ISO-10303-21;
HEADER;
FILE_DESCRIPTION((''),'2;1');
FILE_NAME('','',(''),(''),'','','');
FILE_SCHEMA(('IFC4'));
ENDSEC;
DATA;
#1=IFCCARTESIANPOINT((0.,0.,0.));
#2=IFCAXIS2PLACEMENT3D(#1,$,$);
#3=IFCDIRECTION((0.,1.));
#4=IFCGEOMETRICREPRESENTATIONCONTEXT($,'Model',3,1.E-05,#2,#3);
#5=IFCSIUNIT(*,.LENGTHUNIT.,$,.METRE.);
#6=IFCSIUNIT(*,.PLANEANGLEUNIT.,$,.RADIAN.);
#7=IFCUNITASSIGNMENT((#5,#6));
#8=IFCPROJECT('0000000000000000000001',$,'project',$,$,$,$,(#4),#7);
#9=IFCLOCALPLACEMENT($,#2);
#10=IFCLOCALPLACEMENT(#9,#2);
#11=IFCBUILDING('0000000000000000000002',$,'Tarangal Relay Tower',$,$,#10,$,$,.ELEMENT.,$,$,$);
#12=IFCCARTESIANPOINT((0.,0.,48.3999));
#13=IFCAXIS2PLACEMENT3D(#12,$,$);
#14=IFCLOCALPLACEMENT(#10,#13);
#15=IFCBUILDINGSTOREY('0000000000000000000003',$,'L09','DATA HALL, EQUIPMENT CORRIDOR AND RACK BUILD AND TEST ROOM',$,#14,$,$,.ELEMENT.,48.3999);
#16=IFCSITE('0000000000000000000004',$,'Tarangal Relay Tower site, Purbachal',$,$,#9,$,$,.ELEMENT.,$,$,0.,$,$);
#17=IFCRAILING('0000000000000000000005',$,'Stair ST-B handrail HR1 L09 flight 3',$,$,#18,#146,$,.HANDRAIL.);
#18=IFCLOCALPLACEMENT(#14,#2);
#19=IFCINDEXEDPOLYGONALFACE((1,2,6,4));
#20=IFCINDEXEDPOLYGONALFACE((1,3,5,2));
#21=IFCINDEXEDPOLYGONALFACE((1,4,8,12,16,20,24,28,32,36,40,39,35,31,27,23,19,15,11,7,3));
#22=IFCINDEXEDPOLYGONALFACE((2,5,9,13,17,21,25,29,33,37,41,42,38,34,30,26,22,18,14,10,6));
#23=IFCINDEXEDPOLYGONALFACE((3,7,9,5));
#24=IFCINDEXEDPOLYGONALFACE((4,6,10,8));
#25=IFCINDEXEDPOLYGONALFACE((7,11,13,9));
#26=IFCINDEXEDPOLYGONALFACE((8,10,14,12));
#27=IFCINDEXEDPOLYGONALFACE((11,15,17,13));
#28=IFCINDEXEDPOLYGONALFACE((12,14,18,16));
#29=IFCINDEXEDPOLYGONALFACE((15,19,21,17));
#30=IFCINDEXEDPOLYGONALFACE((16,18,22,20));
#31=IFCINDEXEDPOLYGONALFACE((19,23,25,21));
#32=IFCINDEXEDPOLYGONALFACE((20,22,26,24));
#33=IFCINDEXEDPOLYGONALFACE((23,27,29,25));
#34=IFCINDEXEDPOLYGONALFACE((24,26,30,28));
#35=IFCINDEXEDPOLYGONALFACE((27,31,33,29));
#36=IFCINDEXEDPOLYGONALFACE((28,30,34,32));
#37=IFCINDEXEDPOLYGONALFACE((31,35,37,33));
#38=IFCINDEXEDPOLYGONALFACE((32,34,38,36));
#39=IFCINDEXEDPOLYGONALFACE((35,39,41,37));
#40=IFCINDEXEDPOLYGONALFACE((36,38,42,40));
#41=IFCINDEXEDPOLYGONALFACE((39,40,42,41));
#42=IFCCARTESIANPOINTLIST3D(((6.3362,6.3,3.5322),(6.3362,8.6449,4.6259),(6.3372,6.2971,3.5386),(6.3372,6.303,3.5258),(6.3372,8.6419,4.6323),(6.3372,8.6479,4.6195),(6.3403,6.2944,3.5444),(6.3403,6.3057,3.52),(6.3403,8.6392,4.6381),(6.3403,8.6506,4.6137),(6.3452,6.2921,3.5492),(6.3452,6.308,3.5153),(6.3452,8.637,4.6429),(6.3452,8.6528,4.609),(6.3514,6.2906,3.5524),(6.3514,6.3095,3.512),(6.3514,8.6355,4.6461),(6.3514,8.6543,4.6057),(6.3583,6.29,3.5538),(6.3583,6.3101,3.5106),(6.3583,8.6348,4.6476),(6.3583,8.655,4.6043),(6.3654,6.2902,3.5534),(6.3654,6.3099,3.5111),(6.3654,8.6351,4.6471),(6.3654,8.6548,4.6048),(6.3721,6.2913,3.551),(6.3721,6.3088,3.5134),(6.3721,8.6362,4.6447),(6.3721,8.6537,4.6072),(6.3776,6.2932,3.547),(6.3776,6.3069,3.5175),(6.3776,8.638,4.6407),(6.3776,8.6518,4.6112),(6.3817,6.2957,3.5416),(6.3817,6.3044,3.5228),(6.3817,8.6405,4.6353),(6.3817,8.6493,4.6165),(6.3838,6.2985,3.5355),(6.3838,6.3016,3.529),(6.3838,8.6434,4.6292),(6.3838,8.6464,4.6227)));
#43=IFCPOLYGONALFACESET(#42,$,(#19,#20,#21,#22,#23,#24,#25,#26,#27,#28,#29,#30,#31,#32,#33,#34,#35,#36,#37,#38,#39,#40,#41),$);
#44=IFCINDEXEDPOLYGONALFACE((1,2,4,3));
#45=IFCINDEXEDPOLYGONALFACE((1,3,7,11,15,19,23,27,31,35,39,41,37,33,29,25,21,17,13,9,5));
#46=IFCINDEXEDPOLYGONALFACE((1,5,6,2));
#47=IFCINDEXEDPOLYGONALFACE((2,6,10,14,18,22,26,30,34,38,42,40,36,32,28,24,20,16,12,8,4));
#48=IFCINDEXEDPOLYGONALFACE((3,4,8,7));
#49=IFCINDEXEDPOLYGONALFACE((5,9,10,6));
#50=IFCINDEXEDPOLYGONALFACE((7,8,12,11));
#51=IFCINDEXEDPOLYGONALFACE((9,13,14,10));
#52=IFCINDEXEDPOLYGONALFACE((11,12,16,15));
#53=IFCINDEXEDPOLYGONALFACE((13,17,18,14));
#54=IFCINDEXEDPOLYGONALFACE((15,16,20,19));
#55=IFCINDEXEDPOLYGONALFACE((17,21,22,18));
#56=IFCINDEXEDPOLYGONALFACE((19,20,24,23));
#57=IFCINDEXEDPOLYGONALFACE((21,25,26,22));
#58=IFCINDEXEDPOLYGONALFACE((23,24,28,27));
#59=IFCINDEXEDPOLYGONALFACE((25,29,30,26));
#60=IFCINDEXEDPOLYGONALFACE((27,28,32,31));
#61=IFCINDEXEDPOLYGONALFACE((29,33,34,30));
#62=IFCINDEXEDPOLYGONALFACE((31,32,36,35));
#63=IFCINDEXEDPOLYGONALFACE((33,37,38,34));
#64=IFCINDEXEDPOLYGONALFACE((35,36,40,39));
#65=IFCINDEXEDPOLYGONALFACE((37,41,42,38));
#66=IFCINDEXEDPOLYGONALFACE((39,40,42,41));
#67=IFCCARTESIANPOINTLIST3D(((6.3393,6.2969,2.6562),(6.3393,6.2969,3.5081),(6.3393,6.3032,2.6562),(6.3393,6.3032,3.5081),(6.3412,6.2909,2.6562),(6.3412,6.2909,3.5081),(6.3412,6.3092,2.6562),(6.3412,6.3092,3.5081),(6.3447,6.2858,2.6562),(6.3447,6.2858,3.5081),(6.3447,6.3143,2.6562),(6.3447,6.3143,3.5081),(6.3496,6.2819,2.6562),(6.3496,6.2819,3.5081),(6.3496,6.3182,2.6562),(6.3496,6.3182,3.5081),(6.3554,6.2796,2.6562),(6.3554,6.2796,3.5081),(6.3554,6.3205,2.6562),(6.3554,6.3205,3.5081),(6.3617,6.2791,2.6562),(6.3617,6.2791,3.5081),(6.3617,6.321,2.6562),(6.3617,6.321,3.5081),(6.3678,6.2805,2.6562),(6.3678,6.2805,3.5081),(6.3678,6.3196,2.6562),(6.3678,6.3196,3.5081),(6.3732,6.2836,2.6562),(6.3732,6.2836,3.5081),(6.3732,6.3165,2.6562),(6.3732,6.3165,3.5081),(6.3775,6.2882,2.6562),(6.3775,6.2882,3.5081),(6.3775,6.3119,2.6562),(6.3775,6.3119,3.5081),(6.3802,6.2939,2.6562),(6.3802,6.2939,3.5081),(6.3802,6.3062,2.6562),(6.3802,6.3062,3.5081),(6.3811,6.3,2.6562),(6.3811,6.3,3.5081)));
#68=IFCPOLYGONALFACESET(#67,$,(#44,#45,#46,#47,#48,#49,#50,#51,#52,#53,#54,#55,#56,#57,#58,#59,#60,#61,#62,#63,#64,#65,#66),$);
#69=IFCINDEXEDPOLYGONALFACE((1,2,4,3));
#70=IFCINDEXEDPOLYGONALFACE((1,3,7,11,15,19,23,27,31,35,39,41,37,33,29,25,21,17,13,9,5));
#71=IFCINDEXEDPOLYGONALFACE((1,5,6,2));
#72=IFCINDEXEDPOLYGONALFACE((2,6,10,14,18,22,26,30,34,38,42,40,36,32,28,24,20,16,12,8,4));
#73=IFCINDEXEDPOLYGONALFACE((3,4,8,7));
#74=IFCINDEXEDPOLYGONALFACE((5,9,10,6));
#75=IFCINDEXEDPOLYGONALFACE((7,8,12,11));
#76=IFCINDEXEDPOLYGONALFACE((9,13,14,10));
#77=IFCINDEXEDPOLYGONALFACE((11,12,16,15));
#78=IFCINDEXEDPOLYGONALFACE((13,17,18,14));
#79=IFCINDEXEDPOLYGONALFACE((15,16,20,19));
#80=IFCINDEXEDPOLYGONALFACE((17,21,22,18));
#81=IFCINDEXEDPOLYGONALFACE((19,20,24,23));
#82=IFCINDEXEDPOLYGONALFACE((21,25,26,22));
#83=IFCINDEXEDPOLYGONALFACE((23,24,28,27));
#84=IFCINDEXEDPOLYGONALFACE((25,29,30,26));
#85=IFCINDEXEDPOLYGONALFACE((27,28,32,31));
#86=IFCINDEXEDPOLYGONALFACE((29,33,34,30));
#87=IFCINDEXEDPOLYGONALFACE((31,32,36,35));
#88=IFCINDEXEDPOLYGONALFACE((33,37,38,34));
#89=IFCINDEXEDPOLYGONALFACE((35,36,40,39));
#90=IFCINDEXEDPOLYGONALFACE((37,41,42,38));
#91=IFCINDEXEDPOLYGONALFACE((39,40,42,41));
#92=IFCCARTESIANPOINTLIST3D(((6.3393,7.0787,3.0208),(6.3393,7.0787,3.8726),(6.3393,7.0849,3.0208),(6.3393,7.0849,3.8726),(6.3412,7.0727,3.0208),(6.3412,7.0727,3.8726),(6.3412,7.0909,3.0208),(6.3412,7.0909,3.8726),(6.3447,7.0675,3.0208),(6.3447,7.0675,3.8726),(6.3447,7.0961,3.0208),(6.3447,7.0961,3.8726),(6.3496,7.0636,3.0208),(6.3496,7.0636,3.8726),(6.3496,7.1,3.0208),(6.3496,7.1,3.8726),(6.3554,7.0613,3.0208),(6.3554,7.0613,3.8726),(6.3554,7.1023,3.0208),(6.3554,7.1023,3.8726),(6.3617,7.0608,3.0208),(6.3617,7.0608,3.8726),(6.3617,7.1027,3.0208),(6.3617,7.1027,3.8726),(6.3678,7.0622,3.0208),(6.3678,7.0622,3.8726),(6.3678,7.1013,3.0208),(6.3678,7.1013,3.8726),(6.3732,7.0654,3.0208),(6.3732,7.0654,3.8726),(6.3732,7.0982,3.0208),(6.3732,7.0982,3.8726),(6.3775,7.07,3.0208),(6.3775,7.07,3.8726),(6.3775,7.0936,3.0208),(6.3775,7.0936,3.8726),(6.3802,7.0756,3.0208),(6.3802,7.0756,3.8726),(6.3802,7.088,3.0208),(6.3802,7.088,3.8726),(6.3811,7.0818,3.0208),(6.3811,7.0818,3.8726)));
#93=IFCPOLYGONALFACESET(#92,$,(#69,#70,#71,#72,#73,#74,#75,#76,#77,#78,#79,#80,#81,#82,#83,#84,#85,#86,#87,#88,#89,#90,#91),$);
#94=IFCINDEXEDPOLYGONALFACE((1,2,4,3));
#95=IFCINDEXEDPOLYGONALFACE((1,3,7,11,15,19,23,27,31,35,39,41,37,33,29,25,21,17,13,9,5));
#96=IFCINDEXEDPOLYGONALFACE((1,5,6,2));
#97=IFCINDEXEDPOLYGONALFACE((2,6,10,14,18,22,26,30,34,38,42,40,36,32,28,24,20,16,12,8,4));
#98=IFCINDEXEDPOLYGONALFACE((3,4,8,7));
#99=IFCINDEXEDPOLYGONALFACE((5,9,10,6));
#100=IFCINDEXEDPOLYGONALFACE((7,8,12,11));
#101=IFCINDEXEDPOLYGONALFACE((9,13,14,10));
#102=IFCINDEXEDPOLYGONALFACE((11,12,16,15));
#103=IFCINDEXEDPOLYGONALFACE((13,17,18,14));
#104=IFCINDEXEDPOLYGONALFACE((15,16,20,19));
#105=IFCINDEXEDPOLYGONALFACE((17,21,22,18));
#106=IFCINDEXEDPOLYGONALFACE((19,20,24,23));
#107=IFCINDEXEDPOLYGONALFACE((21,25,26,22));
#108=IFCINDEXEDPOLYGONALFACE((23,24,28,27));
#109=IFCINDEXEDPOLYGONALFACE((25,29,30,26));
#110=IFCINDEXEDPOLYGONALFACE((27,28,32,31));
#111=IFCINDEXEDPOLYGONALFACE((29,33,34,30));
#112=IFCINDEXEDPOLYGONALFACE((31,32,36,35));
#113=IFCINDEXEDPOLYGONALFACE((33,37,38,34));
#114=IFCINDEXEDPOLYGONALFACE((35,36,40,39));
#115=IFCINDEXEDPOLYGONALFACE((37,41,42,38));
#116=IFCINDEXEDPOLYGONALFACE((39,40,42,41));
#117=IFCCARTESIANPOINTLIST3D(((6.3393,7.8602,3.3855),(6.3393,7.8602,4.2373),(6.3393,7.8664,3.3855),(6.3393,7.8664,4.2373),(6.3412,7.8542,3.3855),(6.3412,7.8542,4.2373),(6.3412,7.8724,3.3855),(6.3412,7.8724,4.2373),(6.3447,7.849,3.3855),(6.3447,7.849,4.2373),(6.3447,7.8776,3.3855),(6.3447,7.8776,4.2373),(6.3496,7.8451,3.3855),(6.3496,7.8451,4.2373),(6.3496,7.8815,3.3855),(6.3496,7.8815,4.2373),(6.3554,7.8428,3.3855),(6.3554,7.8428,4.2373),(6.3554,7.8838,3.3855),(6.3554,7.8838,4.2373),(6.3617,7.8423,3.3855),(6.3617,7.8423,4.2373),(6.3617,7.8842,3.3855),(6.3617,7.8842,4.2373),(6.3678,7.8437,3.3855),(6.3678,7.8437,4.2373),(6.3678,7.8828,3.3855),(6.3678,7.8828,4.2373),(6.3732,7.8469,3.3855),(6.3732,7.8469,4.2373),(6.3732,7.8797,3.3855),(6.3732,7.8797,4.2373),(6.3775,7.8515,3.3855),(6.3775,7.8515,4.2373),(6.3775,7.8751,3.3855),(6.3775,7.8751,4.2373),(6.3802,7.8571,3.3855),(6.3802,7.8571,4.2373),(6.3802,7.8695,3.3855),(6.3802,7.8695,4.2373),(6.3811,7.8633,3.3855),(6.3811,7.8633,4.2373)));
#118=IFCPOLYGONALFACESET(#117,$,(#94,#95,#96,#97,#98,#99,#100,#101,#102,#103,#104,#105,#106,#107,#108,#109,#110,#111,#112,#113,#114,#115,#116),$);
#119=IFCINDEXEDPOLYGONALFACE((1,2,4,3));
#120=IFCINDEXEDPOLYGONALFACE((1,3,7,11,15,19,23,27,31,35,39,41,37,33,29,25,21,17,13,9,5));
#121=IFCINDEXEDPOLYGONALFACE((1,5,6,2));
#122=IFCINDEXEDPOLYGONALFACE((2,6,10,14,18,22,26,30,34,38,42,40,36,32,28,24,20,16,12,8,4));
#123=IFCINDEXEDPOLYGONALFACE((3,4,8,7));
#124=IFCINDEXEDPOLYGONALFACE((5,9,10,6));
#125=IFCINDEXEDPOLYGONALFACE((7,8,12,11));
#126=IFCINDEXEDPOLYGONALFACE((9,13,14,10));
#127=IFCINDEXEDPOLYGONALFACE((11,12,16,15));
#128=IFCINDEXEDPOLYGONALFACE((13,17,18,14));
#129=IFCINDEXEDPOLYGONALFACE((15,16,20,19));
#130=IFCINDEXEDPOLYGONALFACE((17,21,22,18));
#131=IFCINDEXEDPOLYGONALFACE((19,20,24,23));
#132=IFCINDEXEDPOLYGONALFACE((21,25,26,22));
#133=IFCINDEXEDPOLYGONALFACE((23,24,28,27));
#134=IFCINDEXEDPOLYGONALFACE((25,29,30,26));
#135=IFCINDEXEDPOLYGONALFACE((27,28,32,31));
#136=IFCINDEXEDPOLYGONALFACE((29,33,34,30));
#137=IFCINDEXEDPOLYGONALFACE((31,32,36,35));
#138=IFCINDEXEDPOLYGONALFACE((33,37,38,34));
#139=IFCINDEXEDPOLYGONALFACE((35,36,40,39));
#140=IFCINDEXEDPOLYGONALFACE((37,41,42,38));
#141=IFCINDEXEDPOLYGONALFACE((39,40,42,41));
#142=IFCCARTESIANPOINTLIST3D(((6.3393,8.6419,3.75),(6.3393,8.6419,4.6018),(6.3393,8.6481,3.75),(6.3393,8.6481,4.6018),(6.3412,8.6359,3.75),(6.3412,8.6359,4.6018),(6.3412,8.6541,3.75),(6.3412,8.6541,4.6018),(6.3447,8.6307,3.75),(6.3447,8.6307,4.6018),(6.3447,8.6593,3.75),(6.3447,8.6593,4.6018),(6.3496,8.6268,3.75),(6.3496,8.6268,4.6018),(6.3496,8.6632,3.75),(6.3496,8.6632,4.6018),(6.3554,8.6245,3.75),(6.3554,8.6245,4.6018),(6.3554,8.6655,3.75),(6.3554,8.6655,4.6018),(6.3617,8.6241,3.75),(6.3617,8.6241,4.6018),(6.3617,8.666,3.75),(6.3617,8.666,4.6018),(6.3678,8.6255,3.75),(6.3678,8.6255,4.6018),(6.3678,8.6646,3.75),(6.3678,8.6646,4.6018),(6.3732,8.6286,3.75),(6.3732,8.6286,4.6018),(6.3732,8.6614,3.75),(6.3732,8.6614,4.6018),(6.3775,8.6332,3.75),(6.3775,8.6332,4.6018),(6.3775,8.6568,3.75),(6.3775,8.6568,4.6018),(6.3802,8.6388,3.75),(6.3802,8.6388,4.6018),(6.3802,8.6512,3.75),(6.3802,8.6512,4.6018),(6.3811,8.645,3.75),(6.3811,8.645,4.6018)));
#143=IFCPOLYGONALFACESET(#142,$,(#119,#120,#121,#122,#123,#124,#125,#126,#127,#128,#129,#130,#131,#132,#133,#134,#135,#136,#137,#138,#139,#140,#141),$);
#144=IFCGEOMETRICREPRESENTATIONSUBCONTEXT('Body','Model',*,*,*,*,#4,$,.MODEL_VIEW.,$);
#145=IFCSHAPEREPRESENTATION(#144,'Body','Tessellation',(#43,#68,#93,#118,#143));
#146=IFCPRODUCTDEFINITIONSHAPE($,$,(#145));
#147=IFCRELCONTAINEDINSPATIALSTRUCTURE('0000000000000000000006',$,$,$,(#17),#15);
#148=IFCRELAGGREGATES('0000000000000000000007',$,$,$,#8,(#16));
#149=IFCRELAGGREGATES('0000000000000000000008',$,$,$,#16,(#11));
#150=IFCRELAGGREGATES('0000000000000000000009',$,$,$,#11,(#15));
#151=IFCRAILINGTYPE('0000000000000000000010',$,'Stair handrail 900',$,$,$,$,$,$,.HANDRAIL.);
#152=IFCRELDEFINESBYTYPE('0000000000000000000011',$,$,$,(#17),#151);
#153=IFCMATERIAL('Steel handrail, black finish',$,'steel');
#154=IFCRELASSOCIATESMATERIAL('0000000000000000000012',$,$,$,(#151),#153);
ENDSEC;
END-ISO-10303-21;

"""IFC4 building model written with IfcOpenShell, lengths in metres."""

from ifc_helpers import new_model, si_unit, direction, frame, origin, origin_2d, place, context, subcontext, project, spatial, circle, extrude, material, type_object, element, save


model = new_model("IFC4")

# Units and contexts
model_context = context("Model", 3, precision=1e-05, world=origin(), true_north=direction((0.0, 1.0)))
body_context = subcontext(model_context, "Body", "Model", "MODEL_VIEW")
ifc_project = project(units=[si_unit("LENGTHUNIT", "METRE"), si_unit("PLANEANGLEUNIT", "RADIAN")], contexts=[model_context])

# Site, building, storey
site_placement = place(None, origin())
site = spatial("IfcSite", under=ifc_project, at=site_placement, Name="Tarangal Relay Tower site, Purbachal", CompositionType="ELEMENT", RefElevation=0.0)
building_placement = place(site_placement, origin())
building = spatial("IfcBuilding", under=site, at=building_placement, Name="Tarangal Relay Tower", CompositionType="ELEMENT")
storey_placement = place(building_placement, frame((0.0, 0.0, 48.3999)))
storey = spatial("IfcBuildingStorey", under=building, at=storey_placement, Name="L09", Description="DATA HALL, EQUIPMENT CORRIDOR AND RACK BUILD AND TEST ROOM", CompositionType="ELEMENT", Elevation=48.3999)

# Railing
ifc_material_1 = material(Name="Steel handrail, black finish", Category="steel")
railing_type_1 = type_object("IfcRailingType", Name="Stair handrail 900", PredefinedType="HANDRAIL", material=ifc_material_1)
for number, where, name in (
    (1, (6.3601, 6.3, 2.6562), "Stair ST-B handrail HR1 L09 flight 3"),
):
    element("IfcRailing", number, at=place(storey_placement, frame(where)), inside=storey, type_object=railing_type_1, Name=name, PredefinedType="HANDRAIL", context=body_context, shape_type="SweptSolid", body=[
        extrude(circle(Radius=0.0239, at=origin_2d()), frame((0.0, 0.0, 0.876), z_axis=(0.0, 0.906267, 0.422705), x_axis=(-1.0, 0.0, 0.0)), (0.0, 0.0, 1.0), 2.5874),
        extrude(circle(Radius=0.021, at=origin_2d()), origin(), (0.0, 0.0, 1.0), 0.8518),
        extrude(circle(Radius=0.021, at=origin_2d()), frame((0.0, 0.7817, 0.3645)), (0.0, 0.0, 1.0), 0.8518),
        extrude(circle(Radius=0.021, at=origin_2d()), frame((0.0, 1.5632, 0.7292)), (0.0, 0.0, 1.0), 0.8518),
        extrude(circle(Radius=0.021, at=origin_2d()), frame((0.0, 2.345, 1.0938)), (0.0, 0.0, 1.0), 0.8518),
    ])

save(model, "model.ifc")
